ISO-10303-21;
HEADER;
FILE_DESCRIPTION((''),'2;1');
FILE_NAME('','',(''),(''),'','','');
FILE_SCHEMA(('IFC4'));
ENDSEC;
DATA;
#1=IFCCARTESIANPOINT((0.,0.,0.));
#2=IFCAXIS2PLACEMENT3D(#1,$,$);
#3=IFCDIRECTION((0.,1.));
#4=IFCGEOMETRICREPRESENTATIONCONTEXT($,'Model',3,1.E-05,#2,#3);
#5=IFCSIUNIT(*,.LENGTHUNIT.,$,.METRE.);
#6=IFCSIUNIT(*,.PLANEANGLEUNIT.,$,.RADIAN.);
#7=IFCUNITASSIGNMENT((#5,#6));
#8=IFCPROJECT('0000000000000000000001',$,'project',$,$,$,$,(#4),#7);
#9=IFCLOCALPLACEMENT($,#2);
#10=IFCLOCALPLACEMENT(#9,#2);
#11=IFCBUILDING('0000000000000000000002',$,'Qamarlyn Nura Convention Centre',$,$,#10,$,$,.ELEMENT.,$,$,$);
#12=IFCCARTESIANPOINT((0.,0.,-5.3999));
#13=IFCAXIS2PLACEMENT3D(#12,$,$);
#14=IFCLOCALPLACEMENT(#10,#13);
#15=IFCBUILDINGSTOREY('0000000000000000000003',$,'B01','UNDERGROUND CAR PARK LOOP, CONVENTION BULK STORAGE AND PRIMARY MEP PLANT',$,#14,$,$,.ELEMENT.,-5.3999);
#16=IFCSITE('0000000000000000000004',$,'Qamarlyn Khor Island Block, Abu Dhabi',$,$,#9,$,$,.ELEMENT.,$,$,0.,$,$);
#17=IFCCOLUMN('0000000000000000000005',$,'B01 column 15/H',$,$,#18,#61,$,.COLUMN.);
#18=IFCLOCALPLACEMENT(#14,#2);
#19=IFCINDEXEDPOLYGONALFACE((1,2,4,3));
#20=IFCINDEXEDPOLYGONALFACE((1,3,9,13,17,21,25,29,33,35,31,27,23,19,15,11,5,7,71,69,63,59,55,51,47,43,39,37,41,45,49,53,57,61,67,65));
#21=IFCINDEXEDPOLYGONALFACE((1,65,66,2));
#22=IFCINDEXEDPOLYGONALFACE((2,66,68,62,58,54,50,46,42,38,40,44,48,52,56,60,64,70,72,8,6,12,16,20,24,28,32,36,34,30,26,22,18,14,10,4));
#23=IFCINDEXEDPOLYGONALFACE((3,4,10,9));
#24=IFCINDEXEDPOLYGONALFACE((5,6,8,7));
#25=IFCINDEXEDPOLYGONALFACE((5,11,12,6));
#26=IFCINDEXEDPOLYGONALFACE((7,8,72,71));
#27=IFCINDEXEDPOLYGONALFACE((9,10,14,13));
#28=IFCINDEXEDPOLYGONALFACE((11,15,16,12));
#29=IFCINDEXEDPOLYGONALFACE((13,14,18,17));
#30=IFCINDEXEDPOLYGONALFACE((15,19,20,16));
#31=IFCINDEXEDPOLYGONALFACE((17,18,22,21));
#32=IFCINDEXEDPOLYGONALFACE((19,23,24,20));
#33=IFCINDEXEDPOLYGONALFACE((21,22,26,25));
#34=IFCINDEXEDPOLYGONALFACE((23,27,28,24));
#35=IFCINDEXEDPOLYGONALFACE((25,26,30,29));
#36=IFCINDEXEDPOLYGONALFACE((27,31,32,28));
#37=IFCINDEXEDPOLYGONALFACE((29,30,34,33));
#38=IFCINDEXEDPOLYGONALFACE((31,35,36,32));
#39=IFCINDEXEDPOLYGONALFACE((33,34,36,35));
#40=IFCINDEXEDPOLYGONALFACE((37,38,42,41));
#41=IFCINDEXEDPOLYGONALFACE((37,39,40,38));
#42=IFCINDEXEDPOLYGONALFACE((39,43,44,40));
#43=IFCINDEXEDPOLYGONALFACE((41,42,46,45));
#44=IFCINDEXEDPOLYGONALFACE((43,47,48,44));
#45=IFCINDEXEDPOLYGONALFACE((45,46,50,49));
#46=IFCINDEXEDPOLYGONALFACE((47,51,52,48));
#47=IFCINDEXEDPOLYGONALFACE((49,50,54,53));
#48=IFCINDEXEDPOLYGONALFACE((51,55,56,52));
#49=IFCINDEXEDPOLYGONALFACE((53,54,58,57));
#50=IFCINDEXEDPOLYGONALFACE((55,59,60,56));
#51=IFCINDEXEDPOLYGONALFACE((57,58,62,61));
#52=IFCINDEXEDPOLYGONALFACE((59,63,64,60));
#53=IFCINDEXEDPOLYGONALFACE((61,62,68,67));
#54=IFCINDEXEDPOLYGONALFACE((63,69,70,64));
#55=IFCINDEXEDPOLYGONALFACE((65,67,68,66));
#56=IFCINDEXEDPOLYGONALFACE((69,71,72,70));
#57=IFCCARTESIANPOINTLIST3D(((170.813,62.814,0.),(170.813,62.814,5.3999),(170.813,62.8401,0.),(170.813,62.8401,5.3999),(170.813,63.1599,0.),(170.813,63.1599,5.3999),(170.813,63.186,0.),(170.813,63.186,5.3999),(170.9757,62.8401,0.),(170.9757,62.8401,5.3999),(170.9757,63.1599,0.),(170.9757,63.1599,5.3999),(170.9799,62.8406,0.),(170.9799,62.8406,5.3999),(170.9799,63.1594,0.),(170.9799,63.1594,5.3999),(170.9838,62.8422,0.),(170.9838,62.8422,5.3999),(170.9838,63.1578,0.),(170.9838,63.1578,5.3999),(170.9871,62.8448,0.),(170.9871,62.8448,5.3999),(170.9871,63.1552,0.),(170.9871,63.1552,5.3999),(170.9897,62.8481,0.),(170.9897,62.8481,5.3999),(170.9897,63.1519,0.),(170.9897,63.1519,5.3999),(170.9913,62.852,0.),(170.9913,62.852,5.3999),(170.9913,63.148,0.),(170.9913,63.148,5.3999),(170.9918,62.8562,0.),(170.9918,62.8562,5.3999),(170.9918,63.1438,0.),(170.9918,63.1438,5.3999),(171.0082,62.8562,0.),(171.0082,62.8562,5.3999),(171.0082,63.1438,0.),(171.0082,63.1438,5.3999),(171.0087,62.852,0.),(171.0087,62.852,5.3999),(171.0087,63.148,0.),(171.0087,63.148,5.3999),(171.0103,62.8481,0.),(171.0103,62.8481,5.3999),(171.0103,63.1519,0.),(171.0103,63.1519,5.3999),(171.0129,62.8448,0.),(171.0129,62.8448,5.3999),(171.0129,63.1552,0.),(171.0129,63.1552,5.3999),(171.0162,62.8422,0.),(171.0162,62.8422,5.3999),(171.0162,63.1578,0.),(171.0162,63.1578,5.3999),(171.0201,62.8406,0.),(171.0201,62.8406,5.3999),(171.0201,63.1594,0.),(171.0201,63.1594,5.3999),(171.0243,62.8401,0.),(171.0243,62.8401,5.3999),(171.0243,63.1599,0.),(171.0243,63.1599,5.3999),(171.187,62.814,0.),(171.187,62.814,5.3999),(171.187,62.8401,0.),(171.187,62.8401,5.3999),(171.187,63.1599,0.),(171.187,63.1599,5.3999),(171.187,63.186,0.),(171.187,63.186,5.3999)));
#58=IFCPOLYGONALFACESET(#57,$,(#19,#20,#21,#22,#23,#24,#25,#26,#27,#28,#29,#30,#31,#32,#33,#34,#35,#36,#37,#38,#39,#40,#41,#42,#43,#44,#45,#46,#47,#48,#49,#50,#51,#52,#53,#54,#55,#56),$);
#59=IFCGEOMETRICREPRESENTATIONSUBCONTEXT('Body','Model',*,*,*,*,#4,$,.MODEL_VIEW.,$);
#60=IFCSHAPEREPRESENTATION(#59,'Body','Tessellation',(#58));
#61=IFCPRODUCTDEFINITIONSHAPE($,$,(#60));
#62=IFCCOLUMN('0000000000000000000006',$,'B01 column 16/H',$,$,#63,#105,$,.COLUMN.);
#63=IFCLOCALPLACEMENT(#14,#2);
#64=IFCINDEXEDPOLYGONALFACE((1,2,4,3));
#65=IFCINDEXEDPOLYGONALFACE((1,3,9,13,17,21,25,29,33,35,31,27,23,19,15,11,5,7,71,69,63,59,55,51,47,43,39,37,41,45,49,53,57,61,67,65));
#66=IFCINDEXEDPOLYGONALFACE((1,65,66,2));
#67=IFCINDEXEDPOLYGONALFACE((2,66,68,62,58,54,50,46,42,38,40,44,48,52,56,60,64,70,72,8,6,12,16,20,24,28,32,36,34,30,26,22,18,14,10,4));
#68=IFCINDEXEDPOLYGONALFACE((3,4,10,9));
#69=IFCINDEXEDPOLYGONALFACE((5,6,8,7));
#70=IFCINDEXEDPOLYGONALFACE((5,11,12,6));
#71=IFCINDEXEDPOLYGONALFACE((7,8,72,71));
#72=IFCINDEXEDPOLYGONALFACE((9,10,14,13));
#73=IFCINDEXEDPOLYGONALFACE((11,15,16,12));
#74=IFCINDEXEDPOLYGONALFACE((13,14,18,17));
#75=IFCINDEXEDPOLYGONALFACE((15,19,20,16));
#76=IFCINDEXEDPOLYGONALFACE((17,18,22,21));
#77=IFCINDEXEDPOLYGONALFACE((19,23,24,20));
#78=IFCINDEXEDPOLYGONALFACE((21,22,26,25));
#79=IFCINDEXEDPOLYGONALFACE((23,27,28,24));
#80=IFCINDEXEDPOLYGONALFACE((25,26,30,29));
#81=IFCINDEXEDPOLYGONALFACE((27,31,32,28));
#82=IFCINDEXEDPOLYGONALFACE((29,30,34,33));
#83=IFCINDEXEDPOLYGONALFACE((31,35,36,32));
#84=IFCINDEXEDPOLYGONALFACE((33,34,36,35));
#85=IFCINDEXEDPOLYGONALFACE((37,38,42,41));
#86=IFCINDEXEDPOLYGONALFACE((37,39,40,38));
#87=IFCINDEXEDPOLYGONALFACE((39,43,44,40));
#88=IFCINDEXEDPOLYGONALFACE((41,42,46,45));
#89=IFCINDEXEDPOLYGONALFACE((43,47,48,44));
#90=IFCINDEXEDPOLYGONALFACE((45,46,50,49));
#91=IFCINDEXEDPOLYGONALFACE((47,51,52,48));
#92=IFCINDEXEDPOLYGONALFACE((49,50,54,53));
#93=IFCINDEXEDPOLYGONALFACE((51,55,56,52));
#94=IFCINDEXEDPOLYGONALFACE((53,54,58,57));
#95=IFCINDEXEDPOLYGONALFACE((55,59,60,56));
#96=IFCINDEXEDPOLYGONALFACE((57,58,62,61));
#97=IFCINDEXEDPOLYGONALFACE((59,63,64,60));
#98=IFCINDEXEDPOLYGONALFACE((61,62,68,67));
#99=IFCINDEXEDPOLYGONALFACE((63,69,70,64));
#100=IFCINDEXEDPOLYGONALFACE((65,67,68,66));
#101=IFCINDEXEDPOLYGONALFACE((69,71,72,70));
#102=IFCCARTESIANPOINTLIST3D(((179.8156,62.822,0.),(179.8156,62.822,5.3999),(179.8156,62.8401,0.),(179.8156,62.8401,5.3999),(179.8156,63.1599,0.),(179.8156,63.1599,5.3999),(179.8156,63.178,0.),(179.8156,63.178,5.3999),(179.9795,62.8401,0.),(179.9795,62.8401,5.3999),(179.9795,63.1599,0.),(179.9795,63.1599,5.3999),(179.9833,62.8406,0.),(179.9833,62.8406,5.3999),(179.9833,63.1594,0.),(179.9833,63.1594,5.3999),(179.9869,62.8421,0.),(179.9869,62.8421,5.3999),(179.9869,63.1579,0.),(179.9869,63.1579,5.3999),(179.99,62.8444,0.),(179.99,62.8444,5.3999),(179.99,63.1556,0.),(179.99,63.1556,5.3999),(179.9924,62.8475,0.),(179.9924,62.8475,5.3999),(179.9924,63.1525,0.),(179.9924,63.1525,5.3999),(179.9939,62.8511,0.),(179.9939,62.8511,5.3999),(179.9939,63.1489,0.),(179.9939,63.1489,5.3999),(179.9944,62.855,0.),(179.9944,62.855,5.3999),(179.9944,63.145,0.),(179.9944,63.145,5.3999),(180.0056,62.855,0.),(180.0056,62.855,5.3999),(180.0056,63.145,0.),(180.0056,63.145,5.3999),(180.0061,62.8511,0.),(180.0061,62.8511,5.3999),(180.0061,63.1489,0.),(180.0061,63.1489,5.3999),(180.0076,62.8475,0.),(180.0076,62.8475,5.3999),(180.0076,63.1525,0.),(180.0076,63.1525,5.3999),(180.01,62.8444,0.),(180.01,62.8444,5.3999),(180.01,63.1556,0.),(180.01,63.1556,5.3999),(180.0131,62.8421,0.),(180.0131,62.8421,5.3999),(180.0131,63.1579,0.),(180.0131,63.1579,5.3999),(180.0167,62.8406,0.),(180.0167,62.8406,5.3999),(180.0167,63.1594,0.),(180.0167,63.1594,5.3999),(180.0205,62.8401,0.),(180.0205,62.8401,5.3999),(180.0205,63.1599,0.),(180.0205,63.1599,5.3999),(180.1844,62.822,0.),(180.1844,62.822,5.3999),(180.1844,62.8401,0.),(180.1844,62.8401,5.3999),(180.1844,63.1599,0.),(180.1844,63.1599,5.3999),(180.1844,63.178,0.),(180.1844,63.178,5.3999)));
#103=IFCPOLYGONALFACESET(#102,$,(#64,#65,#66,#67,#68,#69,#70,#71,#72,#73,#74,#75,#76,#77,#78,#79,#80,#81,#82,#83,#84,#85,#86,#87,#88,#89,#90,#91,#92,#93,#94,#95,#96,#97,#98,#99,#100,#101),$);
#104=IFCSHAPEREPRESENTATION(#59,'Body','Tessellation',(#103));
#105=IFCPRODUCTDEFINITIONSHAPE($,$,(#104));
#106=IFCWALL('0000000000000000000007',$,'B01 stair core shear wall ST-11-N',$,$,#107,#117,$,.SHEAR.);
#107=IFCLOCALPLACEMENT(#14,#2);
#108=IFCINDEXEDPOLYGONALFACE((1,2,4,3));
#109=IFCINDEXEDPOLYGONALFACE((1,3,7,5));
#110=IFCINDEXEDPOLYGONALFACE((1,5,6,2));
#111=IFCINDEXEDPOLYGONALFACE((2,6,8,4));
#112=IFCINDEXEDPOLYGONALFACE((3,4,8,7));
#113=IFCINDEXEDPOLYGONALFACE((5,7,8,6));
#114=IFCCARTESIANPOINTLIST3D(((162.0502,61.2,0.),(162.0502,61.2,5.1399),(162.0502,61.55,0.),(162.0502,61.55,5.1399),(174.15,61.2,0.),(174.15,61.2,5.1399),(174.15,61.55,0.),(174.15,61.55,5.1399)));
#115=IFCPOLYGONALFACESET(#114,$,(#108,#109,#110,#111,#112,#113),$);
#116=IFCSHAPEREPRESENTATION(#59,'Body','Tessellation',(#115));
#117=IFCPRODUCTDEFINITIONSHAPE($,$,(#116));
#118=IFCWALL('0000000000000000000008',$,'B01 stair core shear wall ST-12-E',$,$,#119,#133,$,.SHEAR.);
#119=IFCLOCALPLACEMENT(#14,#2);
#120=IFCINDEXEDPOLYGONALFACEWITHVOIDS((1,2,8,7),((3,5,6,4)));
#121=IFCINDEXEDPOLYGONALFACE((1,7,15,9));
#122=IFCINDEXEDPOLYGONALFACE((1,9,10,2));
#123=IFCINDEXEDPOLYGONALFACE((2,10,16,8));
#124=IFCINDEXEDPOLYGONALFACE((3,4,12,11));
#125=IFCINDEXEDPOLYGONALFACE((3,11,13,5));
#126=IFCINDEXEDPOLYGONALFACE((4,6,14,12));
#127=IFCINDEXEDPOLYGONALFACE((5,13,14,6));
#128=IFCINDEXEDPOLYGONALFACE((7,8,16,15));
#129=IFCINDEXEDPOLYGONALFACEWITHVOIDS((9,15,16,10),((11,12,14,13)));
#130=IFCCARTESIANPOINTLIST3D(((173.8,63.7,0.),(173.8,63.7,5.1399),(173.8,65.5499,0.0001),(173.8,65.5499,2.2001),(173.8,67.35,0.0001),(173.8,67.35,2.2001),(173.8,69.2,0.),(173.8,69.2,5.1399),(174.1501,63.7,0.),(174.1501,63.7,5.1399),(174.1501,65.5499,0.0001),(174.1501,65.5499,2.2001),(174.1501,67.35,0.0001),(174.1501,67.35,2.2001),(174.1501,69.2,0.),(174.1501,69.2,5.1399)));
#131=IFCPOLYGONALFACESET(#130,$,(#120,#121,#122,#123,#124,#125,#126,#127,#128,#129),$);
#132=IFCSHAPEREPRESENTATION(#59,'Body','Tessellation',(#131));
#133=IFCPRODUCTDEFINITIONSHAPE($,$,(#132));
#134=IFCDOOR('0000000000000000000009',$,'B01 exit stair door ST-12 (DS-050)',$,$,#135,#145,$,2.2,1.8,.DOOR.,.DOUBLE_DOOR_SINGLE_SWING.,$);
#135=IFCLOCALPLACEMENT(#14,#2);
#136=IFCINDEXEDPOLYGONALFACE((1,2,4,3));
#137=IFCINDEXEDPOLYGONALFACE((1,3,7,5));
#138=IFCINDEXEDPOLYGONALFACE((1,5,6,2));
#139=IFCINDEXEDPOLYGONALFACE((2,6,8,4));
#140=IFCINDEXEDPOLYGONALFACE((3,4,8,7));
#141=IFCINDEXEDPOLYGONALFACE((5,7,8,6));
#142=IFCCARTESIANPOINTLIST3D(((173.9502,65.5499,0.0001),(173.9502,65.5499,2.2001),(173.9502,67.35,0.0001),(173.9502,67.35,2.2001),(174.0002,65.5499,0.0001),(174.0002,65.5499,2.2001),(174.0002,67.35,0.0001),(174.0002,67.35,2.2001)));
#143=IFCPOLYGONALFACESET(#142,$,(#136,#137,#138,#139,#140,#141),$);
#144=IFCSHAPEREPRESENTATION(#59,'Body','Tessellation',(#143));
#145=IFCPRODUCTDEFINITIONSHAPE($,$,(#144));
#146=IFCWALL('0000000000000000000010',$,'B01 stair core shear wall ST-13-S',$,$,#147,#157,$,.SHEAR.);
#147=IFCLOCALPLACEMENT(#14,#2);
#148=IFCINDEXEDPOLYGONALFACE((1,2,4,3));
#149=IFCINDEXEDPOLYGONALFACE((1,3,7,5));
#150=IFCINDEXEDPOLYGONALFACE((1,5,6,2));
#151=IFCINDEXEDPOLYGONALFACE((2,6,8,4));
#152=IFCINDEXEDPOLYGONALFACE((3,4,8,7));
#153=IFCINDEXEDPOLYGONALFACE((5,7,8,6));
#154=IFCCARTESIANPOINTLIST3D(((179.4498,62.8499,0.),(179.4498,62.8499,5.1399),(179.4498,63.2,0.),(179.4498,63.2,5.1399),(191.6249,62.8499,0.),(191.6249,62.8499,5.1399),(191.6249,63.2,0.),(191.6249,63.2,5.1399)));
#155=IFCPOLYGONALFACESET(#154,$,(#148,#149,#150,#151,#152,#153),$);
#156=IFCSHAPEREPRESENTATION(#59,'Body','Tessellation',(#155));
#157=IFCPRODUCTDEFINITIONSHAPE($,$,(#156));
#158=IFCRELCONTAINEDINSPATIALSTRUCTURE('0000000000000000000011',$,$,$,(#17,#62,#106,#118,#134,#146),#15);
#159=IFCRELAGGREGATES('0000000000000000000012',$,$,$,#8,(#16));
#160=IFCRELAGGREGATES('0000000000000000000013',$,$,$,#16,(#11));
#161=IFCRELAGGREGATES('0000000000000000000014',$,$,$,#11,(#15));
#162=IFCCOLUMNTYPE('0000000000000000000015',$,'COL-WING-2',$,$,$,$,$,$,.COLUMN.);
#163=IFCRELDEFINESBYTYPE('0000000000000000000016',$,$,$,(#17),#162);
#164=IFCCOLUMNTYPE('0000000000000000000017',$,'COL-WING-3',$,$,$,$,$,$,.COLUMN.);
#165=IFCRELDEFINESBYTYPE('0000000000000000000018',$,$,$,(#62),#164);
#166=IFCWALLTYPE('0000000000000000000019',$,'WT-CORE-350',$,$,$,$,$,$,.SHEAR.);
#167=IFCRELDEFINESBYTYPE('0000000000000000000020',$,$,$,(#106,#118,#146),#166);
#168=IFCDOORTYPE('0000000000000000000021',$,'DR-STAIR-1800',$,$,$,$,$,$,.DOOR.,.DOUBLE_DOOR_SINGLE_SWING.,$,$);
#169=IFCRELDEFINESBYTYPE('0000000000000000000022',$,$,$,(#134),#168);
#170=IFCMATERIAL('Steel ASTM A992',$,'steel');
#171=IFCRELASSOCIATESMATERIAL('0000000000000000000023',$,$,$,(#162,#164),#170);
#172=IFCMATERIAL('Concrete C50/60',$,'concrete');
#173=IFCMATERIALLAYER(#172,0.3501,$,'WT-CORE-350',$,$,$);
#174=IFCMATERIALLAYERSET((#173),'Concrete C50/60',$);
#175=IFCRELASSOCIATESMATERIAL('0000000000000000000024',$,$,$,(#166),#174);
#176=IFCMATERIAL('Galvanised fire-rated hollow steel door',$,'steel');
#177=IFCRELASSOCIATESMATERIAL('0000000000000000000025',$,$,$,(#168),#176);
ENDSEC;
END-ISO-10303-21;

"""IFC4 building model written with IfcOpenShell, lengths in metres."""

from ifc_helpers import new_model, si_unit, direction, frame, frame_2d, origin, origin_2d, place, context, subcontext, project, spatial, rectangle, i_section, extrude, material, layer, layer_set, material_profile, profile_set, type_object, element, fill, save


model = new_model("IFC4")

# Units and contexts
model_context = context("Model", 3, precision=1e-05, world=origin(), true_north=direction((0.0, 1.0)))
body_context = subcontext(model_context, "Body", "Model", "MODEL_VIEW")
ifc_project = project(units=[si_unit("LENGTHUNIT", "METRE"), si_unit("PLANEANGLEUNIT", "RADIAN")], contexts=[model_context])

# Site, building, storey
site_placement = place(None, origin())
site = spatial("IfcSite", under=ifc_project, at=site_placement, Name="Qamarlyn Khor Island Block, Abu Dhabi", CompositionType="ELEMENT", RefElevation=0.0)
building_placement = place(site_placement, origin())
building = spatial("IfcBuilding", under=site, at=building_placement, Name="Qamarlyn Nura Convention Centre", CompositionType="ELEMENT")
storey_placement = place(building_placement, frame((0.0, 0.0, -5.3999)))
storey = spatial("IfcBuildingStorey", under=building, at=storey_placement, Name="B01", Description="UNDERGROUND CAR PARK LOOP, CONVENTION BULK STORAGE AND PRIMARY MEP PLANT", CompositionType="ELEMENT", Elevation=-5.3999)

# Columns
ifc_material_1 = material(Name="Steel ASTM A992", Category="steel")
ifc_material_profile_1 = material_profile(ifc_material_1, i_section(OverallWidth=0.374, OverallDepth=0.3721, WebThickness=0.0164, FlangeThickness=0.0261, FilletRadius=0.0161, at=origin_2d()), Name="W360X196")
ifc_profile_set_1 = profile_set([ifc_material_profile_1], Name="Steel ASTM A992")
column_type_1 = type_object("IfcColumnType", Name="COL-WING-2", PredefinedType="COLUMN", material=ifc_profile_set_1)
column_1_placement = place(storey_placement, frame((171.0, 63.0, 0.0), z_axis=(0.0, 0.0, 1.0), x_axis=(1.0, 0.0, 0.0)))
element("IfcColumn", 1, at=column_1_placement, inside=storey, type_object=column_type_1, Name="B01 column 15/H", PredefinedType="COLUMN", context=body_context, shape_type="SweptSolid", body=[
    extrude(i_section(OverallWidth=0.374, OverallDepth=0.3721, WebThickness=0.0164, FlangeThickness=0.0261, FilletRadius=0.0161, at=origin_2d()), origin(), (0.0, 0.0, 1.0), 5.3999),
])
ifc_material_profile_2 = material_profile(ifc_material_1, i_section(OverallWidth=0.3689, OverallDepth=0.356, WebThickness=0.0112, FlangeThickness=0.0181, FilletRadius=0.0149, at=origin_2d()), Name="W360X134")
ifc_profile_set_2 = profile_set([ifc_material_profile_2], Name="Steel ASTM A992")
column_type_2 = type_object("IfcColumnType", Name="COL-WING-3", PredefinedType="COLUMN", material=ifc_profile_set_2)
column_2_placement = place(storey_placement, frame((180.0, 63.0, 0.0), z_axis=(0.0, 0.0, 1.0), x_axis=(1.0, 0.0, 0.0)))
element("IfcColumn", 2, at=column_2_placement, inside=storey, type_object=column_type_2, Name="B01 column 16/H", PredefinedType="COLUMN", context=body_context, shape_type="SweptSolid", body=[
    extrude(i_section(OverallWidth=0.3689, OverallDepth=0.356, WebThickness=0.0112, FlangeThickness=0.0181, FilletRadius=0.0149, at=origin_2d()), origin(), (0.0, 0.0, 1.0), 5.3999),
])

# Wall
ifc_material_2 = material(Name="Concrete C50/60", Category="concrete")
ifc_layer_1 = layer(ifc_material_2, 0.3501, Name="WT-CORE-350")
ifc_layer_set_1 = layer_set([ifc_layer_1], Name="Concrete C50/60")
wall_type_1 = type_object("IfcWallType", Name="WT-CORE-350", PredefinedType="SHEAR", material=ifc_layer_set_1)
wall_1_placement = place(storey_placement, frame((174.1499, 61.375, 0.0), z_axis=(0.0, 0.0, 1.0), x_axis=(-1.0, 0.0, 0.0)))
element("IfcWall", 3, at=wall_1_placement, inside=storey, type_object=wall_type_1, Name="B01 stair core shear wall ST-11-N", PredefinedType="SHEAR", context=body_context, shape_type="SweptSolid", body=[
    extrude(rectangle(XDim=12.0999, YDim=0.3501, at=frame_2d((6.0498, 0.0))), origin(), (0.0, 0.0, 1.0), 5.1399),
])

# Wall, opening, door
wall_2_placement = place(storey_placement, frame((173.9751, 63.7, 0.0), z_axis=(0.0, 0.0, 1.0), x_axis=(0.0, 1.0, 0.0)))
wall_2 = element("IfcWall", 4, at=wall_2_placement, inside=storey, type_object=wall_type_1, Name="B01 stair core shear wall ST-12-E", PredefinedType="SHEAR", context=body_context, shape_type="SweptSolid", body=[
    extrude(rectangle(XDim=5.5, YDim=0.3501, at=frame_2d((2.75, 0.0))), origin(), (0.0, 0.0, 1.0), 5.1399),
])
opening_1_placement = place(wall_2_placement, frame((1.8501, 0.0, 0.0)))
opening_1 = element("IfcOpeningElement", 5, at=opening_1_placement, cuts=wall_2, PredefinedType="OPENING", context=body_context, shape_type="SweptSolid", body=[
    extrude(rectangle(XDim=1.8, YDim=2.2, at=frame_2d((0.8999, 1.1001))), frame((0.0, 0.1851, 0.0), z_axis=(0.0, -1.0, 0.0), x_axis=(1.0, 0.0, 0.0)), (0.0, 0.0, 1.0), 0.3701),
])
ifc_material_3 = material(Name="Galvanised fire-rated hollow steel door", Category="steel")
door_type_1 = type_object("IfcDoorType", Name="DR-STAIR-1800", OperationType="DOUBLE_DOOR_SINGLE_SWING", PredefinedType="DOOR", material=ifc_material_3)
door_1_placement = place(opening_1_placement, origin())
door_1 = element("IfcDoor", 6, at=door_1_placement, inside=storey, type_object=door_type_1, Name="B01 exit stair door ST-12 (DS-050)", OperationType="DOUBLE_DOOR_SINGLE_SWING", OverallHeight=2.2, OverallWidth=1.8, PredefinedType="DOOR", context=body_context, shape_type="SweptSolid", body=[
    extrude(rectangle(XDim=1.8, YDim=2.2, at=frame_2d((0.8999, 1.1001))), frame((0.0, 0.0249, 0.0), z_axis=(0.0, -1.0, 0.0), x_axis=(1.0, 0.0, 0.0)), (0.0, 0.0, 1.0), 0.05),
])
fill(opening_1, door_1)

# Wall
wall_3_placement = place(storey_placement, frame((179.45, 63.0249, 0.0), z_axis=(0.0, 0.0, 1.0), x_axis=(1.0, 0.0, 0.0)))
element("IfcWall", 7, at=wall_3_placement, inside=storey, type_object=wall_type_1, Name="B01 stair core shear wall ST-13-S", PredefinedType="SHEAR", context=body_context, shape_type="SweptSolid", body=[
    extrude(rectangle(XDim=12.175, YDim=0.3501, at=frame_2d((6.0874, 0.0))), origin(), (0.0, 0.0, 1.0), 5.1399),
])

save(model, "model.ifc")
